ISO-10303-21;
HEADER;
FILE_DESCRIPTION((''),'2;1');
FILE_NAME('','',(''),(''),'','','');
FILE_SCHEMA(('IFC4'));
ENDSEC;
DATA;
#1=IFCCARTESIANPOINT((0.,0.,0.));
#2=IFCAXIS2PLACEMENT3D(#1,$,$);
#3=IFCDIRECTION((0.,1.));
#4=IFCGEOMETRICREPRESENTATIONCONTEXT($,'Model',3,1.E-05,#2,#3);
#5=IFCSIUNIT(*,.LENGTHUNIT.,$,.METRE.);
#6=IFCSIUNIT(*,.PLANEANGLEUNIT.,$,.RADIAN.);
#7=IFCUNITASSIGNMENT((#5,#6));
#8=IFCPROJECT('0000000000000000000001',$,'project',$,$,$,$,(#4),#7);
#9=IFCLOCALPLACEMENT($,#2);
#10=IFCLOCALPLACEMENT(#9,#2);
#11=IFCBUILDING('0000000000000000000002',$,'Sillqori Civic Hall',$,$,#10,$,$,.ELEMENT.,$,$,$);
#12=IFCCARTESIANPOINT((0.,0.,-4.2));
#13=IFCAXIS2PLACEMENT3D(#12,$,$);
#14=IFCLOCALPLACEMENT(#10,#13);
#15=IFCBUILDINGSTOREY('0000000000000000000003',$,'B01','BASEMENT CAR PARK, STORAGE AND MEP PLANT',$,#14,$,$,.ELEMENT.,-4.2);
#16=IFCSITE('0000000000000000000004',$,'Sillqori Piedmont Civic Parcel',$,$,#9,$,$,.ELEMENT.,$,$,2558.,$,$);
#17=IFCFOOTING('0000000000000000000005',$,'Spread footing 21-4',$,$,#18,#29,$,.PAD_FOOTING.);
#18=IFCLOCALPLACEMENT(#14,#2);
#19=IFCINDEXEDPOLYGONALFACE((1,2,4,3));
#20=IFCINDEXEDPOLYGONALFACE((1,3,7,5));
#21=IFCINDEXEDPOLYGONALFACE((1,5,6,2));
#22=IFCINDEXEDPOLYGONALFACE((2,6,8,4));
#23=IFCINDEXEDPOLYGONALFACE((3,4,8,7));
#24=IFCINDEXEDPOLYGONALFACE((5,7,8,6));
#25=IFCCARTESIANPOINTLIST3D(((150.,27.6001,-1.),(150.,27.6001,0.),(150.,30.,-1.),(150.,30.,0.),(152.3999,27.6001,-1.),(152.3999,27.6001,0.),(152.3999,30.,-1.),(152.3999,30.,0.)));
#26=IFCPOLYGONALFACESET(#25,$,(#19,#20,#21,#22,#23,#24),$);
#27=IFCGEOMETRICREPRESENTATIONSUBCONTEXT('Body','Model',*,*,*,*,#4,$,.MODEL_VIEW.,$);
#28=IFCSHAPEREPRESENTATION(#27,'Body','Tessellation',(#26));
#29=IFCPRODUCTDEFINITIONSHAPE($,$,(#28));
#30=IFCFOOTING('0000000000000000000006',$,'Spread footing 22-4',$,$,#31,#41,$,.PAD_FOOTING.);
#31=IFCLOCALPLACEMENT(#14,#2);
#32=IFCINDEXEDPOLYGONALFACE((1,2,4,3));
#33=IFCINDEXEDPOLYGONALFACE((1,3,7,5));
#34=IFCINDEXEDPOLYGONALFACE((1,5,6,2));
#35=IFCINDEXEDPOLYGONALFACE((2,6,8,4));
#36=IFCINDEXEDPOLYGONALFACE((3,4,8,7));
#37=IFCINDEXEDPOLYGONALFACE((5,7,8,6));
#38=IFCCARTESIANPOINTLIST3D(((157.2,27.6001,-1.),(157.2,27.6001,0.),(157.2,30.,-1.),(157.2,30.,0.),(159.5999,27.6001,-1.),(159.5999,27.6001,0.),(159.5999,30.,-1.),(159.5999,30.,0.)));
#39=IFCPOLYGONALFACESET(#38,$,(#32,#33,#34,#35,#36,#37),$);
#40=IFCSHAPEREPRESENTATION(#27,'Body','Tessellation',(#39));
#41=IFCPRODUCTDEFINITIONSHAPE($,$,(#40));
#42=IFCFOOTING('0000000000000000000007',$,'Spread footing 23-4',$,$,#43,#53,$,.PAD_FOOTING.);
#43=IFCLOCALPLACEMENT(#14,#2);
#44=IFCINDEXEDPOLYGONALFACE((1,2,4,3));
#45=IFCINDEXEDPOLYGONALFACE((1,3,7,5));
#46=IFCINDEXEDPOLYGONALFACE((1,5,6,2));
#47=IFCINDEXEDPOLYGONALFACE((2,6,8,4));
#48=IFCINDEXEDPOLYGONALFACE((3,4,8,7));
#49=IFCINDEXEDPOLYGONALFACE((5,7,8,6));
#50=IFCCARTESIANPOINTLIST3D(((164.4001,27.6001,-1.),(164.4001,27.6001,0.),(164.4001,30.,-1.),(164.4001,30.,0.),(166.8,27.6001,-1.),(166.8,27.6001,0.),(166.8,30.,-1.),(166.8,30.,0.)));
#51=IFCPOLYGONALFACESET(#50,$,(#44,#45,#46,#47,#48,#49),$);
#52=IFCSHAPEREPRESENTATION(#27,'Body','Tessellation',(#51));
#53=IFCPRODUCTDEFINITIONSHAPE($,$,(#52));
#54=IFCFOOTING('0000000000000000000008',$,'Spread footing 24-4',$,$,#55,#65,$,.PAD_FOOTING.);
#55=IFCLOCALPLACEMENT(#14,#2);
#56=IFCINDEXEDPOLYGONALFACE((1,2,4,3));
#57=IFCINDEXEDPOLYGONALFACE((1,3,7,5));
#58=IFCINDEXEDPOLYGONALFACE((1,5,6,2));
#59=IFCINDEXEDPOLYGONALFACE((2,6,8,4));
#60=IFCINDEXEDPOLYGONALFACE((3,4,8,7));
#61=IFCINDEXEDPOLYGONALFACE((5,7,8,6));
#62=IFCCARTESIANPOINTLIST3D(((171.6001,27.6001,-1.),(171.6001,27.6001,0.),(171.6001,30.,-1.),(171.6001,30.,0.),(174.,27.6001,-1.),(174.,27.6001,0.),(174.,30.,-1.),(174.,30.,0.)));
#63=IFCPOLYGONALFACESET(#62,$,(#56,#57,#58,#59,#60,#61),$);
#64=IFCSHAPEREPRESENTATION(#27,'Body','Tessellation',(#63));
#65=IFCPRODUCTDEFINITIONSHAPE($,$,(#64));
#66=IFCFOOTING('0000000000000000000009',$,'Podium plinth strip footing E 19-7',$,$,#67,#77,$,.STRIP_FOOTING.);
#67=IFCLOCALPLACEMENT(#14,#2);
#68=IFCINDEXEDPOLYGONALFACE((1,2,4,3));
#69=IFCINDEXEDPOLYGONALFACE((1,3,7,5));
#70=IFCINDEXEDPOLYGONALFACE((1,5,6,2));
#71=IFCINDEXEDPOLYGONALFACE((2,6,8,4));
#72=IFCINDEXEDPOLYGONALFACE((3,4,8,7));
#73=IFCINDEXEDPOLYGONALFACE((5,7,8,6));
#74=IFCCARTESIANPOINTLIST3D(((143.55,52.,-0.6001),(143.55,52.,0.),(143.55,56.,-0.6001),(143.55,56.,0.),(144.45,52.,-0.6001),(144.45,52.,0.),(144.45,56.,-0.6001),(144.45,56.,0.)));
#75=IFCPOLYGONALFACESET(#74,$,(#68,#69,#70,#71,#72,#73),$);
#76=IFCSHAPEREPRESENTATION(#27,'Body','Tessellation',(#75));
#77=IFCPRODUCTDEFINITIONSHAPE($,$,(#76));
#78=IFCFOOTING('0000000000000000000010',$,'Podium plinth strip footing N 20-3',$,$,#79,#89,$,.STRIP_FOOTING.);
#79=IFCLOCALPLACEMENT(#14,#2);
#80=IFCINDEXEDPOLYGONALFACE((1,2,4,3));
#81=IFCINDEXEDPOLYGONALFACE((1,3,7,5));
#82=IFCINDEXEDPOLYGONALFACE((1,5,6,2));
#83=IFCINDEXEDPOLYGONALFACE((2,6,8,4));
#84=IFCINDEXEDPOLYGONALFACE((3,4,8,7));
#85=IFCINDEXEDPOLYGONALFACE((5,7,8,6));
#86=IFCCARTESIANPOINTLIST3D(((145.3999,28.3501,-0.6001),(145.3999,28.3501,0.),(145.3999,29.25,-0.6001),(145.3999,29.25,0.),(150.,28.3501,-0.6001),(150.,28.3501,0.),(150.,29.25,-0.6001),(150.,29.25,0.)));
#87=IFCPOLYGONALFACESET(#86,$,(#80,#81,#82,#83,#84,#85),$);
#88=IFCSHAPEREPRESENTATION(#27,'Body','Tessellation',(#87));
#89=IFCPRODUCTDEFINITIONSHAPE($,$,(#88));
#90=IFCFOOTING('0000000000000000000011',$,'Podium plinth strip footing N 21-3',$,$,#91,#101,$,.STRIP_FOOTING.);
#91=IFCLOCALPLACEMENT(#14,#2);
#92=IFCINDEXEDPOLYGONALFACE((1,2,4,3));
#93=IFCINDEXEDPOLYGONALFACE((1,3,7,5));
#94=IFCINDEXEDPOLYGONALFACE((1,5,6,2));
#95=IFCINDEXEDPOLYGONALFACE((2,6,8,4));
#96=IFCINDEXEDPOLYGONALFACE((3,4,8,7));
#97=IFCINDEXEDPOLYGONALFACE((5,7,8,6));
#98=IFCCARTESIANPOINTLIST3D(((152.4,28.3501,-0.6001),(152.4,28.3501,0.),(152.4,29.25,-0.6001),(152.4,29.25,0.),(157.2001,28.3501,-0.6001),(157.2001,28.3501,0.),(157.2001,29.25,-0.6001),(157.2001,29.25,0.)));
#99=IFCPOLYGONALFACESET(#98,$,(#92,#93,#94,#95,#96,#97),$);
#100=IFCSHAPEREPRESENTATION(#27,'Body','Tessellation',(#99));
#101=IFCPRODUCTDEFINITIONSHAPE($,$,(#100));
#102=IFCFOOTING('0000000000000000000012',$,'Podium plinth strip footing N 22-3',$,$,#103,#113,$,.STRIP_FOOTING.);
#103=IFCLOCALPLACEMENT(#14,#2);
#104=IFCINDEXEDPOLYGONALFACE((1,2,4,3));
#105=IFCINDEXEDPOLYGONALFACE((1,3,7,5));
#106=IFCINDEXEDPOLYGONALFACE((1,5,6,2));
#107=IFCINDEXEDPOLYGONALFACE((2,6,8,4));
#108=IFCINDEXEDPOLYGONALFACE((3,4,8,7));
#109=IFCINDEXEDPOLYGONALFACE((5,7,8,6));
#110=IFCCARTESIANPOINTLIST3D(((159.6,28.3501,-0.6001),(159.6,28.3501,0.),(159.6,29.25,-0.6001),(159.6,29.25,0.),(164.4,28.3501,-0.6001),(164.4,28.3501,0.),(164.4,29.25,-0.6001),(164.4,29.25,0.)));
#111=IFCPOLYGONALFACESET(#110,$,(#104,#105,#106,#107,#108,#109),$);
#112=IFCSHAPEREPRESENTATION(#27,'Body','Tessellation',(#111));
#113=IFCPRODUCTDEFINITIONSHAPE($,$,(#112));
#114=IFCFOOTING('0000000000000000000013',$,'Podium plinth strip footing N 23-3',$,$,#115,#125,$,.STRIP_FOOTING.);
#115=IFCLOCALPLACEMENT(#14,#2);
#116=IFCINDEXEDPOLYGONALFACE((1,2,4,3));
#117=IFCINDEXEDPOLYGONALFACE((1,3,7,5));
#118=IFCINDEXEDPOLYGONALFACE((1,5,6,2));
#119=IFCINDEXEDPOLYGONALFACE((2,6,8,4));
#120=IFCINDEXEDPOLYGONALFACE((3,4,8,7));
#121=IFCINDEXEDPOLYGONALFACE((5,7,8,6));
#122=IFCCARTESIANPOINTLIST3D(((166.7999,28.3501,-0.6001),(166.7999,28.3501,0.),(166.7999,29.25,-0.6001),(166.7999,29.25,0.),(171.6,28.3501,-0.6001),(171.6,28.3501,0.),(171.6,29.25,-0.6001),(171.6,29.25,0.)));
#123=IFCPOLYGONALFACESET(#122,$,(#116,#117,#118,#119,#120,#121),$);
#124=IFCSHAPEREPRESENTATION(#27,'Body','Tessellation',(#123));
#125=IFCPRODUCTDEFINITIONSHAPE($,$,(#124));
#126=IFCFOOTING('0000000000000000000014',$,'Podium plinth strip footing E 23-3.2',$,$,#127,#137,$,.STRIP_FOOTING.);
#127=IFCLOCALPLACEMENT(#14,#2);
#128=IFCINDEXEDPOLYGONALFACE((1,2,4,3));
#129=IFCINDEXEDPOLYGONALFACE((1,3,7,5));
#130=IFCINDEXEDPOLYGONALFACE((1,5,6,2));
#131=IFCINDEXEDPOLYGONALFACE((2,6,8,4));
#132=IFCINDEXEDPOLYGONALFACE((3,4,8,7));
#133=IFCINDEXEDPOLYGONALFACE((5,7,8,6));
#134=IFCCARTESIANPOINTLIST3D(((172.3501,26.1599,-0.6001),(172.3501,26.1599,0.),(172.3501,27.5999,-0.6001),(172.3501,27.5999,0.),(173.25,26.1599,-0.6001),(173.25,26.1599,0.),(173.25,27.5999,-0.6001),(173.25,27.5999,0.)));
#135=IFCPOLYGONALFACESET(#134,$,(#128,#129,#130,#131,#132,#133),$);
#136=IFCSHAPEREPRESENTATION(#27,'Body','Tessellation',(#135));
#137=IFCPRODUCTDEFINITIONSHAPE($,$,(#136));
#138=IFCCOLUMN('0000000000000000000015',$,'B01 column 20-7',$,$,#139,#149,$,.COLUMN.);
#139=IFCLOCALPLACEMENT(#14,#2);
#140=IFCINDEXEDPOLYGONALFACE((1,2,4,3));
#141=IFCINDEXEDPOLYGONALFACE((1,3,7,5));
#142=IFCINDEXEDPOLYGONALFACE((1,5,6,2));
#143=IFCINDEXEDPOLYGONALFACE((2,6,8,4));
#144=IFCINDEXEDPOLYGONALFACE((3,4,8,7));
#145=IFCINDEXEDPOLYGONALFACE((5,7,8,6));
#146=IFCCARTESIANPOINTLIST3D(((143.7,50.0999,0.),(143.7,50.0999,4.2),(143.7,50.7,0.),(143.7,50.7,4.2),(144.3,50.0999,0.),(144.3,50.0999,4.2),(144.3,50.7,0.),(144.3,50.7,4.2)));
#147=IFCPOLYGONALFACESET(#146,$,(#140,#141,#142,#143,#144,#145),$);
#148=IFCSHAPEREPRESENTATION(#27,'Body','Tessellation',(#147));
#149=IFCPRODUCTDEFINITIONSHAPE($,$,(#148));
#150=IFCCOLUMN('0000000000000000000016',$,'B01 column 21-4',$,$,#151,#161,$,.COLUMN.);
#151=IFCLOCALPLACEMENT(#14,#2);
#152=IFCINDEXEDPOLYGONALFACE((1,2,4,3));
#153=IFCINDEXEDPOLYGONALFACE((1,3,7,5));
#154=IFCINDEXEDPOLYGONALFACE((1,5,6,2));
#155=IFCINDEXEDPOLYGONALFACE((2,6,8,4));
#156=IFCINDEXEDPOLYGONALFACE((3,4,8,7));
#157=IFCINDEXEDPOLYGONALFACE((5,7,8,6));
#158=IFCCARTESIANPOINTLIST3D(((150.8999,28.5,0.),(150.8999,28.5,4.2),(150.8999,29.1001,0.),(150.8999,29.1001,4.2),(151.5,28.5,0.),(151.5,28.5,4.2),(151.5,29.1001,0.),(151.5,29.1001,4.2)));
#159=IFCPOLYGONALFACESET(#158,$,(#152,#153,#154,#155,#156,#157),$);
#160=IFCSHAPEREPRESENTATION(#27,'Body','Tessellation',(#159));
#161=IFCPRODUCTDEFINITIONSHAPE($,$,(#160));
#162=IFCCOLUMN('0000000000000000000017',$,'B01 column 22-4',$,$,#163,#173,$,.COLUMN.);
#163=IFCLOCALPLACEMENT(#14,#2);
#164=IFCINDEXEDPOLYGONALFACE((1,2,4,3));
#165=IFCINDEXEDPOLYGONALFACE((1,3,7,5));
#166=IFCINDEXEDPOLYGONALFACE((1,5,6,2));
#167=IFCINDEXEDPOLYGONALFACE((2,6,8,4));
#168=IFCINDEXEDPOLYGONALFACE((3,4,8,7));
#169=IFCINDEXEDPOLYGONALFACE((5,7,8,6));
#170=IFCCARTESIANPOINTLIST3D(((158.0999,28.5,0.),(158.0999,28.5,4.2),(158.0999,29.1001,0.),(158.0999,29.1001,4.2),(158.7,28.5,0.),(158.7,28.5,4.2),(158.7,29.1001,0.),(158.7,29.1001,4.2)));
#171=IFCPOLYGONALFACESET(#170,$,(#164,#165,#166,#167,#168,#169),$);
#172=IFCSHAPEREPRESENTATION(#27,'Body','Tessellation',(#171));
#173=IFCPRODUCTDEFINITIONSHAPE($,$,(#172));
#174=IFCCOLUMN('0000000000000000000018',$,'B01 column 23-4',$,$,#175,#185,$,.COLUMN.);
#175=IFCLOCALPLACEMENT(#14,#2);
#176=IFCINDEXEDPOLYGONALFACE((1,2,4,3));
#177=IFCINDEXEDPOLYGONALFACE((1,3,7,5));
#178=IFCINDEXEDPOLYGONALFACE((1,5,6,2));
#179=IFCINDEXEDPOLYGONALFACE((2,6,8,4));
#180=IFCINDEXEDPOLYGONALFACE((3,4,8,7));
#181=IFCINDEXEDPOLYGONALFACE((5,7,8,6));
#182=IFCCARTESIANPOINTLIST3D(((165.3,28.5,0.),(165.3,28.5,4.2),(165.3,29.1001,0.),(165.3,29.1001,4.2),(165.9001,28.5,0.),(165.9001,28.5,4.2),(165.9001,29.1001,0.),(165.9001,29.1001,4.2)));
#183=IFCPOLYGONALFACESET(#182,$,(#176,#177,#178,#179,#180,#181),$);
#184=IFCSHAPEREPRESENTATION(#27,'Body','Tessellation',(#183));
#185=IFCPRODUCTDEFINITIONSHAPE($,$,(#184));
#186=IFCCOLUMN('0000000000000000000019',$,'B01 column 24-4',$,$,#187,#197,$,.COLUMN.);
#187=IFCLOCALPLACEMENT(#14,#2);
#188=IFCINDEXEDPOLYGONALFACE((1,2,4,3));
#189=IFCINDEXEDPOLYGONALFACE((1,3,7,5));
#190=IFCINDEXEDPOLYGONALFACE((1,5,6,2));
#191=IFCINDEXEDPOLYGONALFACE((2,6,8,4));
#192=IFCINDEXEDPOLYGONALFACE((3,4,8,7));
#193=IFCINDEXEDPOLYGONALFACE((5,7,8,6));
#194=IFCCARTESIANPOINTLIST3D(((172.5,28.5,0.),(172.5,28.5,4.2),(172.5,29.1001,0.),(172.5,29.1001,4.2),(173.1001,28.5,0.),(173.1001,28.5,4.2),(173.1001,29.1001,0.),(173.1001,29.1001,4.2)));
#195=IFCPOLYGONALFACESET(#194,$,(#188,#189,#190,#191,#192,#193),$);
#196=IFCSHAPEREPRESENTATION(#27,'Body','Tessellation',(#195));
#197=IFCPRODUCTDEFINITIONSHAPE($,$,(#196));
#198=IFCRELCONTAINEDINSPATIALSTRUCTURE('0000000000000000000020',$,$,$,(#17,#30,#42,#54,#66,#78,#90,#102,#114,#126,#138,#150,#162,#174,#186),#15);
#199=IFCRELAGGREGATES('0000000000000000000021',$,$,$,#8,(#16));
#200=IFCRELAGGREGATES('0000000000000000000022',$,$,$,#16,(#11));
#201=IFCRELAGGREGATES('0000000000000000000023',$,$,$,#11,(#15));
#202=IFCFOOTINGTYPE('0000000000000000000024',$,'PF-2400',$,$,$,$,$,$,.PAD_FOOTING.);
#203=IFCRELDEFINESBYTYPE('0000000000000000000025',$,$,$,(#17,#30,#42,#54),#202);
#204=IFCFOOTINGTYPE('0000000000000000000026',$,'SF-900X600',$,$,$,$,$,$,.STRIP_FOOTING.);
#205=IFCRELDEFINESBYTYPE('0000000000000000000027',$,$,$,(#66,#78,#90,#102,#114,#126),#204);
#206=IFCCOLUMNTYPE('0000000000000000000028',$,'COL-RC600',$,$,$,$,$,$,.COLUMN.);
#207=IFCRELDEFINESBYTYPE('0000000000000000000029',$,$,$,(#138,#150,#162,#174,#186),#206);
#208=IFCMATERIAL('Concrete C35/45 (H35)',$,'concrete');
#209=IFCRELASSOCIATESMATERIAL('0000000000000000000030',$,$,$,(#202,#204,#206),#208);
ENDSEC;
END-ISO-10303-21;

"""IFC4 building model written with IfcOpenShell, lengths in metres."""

from ifc_helpers import new_model, si_unit, direction, frame, origin, origin_2d, place, context, subcontext, project, spatial, rectangle, extrude, material, material_profile, profile_set, type_object, element, save


model = new_model("IFC4")

# Units and contexts
model_context = context("Model", 3, precision=1e-05, world=origin(), true_north=direction((0.0, 1.0)))
body_context = subcontext(model_context, "Body", "Model", "MODEL_VIEW")
ifc_project = project(units=[si_unit("LENGTHUNIT", "METRE"), si_unit("PLANEANGLEUNIT", "RADIAN")], contexts=[model_context])

# Site, building, storey
site_placement = place(None, origin())
site = spatial("IfcSite", under=ifc_project, at=site_placement, Name="Sillqori Piedmont Civic Parcel", CompositionType="ELEMENT", RefElevation=2558.0)
building_placement = place(site_placement, origin())
building = spatial("IfcBuilding", under=site, at=building_placement, Name="Sillqori Civic Hall", CompositionType="ELEMENT")
storey_placement = place(building_placement, frame((0.0, 0.0, -4.2)))
storey = spatial("IfcBuildingStorey", under=building, at=storey_placement, Name="B01", Description="BASEMENT CAR PARK, STORAGE AND MEP PLANT", CompositionType="ELEMENT", Elevation=-4.2)

# Footings
ifc_material_1 = material(Name="Concrete C35/45 (H35)", Category="concrete")
footing_type_1 = type_object("IfcFootingType", Name="PF-2400", PredefinedType="PAD_FOOTING", material=ifc_material_1)
for number, where, z_axis, x_axis, name in (
    (1, (151.2, 28.8, -1.0), (0.0, 0.0, 1.0), (1.0, 0.0, 0.0), "Spread footing 21-4"),
    (2, (158.3999, 28.8, -1.0), (0.0, 0.0, 1.0), (1.0, 0.0, 0.0), "Spread footing 22-4"),
    (3, (165.6001, 28.8, -1.0), (0.0, 0.0, 1.0), (1.0, 0.0, 0.0), "Spread footing 23-4"),
    (4, (172.8, 28.8, -1.0), (0.0, 0.0, 1.0), (1.0, 0.0, 0.0), "Spread footing 24-4"),
):
    element("IfcFooting", number, at=place(storey_placement, frame(where, z_axis=z_axis, x_axis=x_axis)), inside=storey, type_object=footing_type_1, Name=name, PredefinedType="PAD_FOOTING", context=body_context, shape_type="SweptSolid", body=[
        extrude(rectangle(XDim=2.3999, YDim=2.3999, at=origin_2d()), origin(), (0.0, 0.0, 1.0), 1.0),
    ])
footing_type_2 = type_object("IfcFootingType", Name="SF-900X600", PredefinedType="STRIP_FOOTING", material=ifc_material_1)
footing_1_placement = place(storey_placement, frame((144.0, 54.0, -0.6001), z_axis=(0.0, 0.0, 1.0), x_axis=(1.0, 0.0, 0.0)))
element("IfcFooting", 5, at=footing_1_placement, inside=storey, type_object=footing_type_2, Name="Podium plinth strip footing E 19-7", PredefinedType="STRIP_FOOTING", context=body_context, shape_type="SweptSolid", body=[
    extrude(rectangle(XDim=0.8999, YDim=4.0, at=origin_2d()), origin(), (0.0, 0.0, 1.0), 0.6001),
])
footing_2_placement = place(storey_placement, frame((147.7, 28.8, -0.6001), z_axis=(0.0, 0.0, 1.0), x_axis=(1.0, 0.0, 0.0)))
element("IfcFooting", 6, at=footing_2_placement, inside=storey, type_object=footing_type_2, Name="Podium plinth strip footing N 20-3", PredefinedType="STRIP_FOOTING", context=body_context, shape_type="SweptSolid", body=[
    extrude(rectangle(XDim=4.6001, YDim=0.8999, at=origin_2d()), origin(), (0.0, 0.0, 1.0), 0.6001),
])
for number, where, z_axis, x_axis, name in (
    (7, (154.8, 28.8, -0.6001), (0.0, 0.0, 1.0), (1.0, 0.0, 0.0), "Podium plinth strip footing N 21-3"),
    (8, (162.0, 28.8, -0.6001), (0.0, 0.0, 1.0), (1.0, 0.0, 0.0), "Podium plinth strip footing N 22-3"),
    (9, (169.2, 28.8, -0.6001), (0.0, 0.0, 1.0), (1.0, 0.0, 0.0), "Podium plinth strip footing N 23-3"),
):
    element("IfcFooting", number, at=place(storey_placement, frame(where, z_axis=z_axis, x_axis=x_axis)), inside=storey, type_object=footing_type_2, Name=name, PredefinedType="STRIP_FOOTING", context=body_context, shape_type="SweptSolid", body=[
        extrude(rectangle(XDim=4.8, YDim=0.8999, at=origin_2d()), origin(), (0.0, 0.0, 1.0), 0.6001),
    ])
footing_3_placement = place(storey_placement, frame((172.8, 26.8799, -0.6001), z_axis=(0.0, 0.0, 1.0), x_axis=(1.0, 0.0, 0.0)))
element("IfcFooting", 10, at=footing_3_placement, inside=storey, type_object=footing_type_2, Name="Podium plinth strip footing E 23-3.2", PredefinedType="STRIP_FOOTING", context=body_context, shape_type="SweptSolid", body=[
    extrude(rectangle(XDim=0.8999, YDim=1.4399, at=origin_2d()), origin(), (0.0, 0.0, 1.0), 0.6001),
])

# Columns
ifc_material_profile_1 = material_profile(ifc_material_1, rectangle(XDim=0.6001, YDim=0.6001, at=origin_2d()), Name="RC 600x600")
ifc_profile_set_1 = profile_set([ifc_material_profile_1], Name="Concrete C35/45 (H35)")
column_type_1 = type_object("IfcColumnType", Name="COL-RC600", PredefinedType="COLUMN", material=ifc_profile_set_1)
for number, where, z_axis, x_axis, name in (
    (11, (144.0, 50.3999, 0.0), (0.0, 0.0, 1.0), (1.0, 0.0, 0.0), "B01 column 20-7"),
    (12, (151.2, 28.8, 0.0), (0.0, 0.0, 1.0), (1.0, 0.0, 0.0), "B01 column 21-4"),
    (13, (158.3999, 28.8, 0.0), (0.0, 0.0, 1.0), (1.0, 0.0, 0.0), "B01 column 22-4"),
    (14, (165.6001, 28.8, 0.0), (0.0, 0.0, 1.0), (1.0, 0.0, 0.0), "B01 column 23-4"),
    (15, (172.8, 28.8, 0.0), (0.0, 0.0, 1.0), (1.0, 0.0, 0.0), "B01 column 24-4"),
):
    element("IfcColumn", number, at=place(storey_placement, frame(where, z_axis=z_axis, x_axis=x_axis)), inside=storey, type_object=column_type_1, Name=name, PredefinedType="COLUMN", context=body_context, shape_type="SweptSolid", body=[
        extrude(rectangle(XDim=0.6001, YDim=0.6001, at=origin_2d()), origin(), (0.0, 0.0, 1.0), 4.2),
    ])

save(model, "model.ifc")
